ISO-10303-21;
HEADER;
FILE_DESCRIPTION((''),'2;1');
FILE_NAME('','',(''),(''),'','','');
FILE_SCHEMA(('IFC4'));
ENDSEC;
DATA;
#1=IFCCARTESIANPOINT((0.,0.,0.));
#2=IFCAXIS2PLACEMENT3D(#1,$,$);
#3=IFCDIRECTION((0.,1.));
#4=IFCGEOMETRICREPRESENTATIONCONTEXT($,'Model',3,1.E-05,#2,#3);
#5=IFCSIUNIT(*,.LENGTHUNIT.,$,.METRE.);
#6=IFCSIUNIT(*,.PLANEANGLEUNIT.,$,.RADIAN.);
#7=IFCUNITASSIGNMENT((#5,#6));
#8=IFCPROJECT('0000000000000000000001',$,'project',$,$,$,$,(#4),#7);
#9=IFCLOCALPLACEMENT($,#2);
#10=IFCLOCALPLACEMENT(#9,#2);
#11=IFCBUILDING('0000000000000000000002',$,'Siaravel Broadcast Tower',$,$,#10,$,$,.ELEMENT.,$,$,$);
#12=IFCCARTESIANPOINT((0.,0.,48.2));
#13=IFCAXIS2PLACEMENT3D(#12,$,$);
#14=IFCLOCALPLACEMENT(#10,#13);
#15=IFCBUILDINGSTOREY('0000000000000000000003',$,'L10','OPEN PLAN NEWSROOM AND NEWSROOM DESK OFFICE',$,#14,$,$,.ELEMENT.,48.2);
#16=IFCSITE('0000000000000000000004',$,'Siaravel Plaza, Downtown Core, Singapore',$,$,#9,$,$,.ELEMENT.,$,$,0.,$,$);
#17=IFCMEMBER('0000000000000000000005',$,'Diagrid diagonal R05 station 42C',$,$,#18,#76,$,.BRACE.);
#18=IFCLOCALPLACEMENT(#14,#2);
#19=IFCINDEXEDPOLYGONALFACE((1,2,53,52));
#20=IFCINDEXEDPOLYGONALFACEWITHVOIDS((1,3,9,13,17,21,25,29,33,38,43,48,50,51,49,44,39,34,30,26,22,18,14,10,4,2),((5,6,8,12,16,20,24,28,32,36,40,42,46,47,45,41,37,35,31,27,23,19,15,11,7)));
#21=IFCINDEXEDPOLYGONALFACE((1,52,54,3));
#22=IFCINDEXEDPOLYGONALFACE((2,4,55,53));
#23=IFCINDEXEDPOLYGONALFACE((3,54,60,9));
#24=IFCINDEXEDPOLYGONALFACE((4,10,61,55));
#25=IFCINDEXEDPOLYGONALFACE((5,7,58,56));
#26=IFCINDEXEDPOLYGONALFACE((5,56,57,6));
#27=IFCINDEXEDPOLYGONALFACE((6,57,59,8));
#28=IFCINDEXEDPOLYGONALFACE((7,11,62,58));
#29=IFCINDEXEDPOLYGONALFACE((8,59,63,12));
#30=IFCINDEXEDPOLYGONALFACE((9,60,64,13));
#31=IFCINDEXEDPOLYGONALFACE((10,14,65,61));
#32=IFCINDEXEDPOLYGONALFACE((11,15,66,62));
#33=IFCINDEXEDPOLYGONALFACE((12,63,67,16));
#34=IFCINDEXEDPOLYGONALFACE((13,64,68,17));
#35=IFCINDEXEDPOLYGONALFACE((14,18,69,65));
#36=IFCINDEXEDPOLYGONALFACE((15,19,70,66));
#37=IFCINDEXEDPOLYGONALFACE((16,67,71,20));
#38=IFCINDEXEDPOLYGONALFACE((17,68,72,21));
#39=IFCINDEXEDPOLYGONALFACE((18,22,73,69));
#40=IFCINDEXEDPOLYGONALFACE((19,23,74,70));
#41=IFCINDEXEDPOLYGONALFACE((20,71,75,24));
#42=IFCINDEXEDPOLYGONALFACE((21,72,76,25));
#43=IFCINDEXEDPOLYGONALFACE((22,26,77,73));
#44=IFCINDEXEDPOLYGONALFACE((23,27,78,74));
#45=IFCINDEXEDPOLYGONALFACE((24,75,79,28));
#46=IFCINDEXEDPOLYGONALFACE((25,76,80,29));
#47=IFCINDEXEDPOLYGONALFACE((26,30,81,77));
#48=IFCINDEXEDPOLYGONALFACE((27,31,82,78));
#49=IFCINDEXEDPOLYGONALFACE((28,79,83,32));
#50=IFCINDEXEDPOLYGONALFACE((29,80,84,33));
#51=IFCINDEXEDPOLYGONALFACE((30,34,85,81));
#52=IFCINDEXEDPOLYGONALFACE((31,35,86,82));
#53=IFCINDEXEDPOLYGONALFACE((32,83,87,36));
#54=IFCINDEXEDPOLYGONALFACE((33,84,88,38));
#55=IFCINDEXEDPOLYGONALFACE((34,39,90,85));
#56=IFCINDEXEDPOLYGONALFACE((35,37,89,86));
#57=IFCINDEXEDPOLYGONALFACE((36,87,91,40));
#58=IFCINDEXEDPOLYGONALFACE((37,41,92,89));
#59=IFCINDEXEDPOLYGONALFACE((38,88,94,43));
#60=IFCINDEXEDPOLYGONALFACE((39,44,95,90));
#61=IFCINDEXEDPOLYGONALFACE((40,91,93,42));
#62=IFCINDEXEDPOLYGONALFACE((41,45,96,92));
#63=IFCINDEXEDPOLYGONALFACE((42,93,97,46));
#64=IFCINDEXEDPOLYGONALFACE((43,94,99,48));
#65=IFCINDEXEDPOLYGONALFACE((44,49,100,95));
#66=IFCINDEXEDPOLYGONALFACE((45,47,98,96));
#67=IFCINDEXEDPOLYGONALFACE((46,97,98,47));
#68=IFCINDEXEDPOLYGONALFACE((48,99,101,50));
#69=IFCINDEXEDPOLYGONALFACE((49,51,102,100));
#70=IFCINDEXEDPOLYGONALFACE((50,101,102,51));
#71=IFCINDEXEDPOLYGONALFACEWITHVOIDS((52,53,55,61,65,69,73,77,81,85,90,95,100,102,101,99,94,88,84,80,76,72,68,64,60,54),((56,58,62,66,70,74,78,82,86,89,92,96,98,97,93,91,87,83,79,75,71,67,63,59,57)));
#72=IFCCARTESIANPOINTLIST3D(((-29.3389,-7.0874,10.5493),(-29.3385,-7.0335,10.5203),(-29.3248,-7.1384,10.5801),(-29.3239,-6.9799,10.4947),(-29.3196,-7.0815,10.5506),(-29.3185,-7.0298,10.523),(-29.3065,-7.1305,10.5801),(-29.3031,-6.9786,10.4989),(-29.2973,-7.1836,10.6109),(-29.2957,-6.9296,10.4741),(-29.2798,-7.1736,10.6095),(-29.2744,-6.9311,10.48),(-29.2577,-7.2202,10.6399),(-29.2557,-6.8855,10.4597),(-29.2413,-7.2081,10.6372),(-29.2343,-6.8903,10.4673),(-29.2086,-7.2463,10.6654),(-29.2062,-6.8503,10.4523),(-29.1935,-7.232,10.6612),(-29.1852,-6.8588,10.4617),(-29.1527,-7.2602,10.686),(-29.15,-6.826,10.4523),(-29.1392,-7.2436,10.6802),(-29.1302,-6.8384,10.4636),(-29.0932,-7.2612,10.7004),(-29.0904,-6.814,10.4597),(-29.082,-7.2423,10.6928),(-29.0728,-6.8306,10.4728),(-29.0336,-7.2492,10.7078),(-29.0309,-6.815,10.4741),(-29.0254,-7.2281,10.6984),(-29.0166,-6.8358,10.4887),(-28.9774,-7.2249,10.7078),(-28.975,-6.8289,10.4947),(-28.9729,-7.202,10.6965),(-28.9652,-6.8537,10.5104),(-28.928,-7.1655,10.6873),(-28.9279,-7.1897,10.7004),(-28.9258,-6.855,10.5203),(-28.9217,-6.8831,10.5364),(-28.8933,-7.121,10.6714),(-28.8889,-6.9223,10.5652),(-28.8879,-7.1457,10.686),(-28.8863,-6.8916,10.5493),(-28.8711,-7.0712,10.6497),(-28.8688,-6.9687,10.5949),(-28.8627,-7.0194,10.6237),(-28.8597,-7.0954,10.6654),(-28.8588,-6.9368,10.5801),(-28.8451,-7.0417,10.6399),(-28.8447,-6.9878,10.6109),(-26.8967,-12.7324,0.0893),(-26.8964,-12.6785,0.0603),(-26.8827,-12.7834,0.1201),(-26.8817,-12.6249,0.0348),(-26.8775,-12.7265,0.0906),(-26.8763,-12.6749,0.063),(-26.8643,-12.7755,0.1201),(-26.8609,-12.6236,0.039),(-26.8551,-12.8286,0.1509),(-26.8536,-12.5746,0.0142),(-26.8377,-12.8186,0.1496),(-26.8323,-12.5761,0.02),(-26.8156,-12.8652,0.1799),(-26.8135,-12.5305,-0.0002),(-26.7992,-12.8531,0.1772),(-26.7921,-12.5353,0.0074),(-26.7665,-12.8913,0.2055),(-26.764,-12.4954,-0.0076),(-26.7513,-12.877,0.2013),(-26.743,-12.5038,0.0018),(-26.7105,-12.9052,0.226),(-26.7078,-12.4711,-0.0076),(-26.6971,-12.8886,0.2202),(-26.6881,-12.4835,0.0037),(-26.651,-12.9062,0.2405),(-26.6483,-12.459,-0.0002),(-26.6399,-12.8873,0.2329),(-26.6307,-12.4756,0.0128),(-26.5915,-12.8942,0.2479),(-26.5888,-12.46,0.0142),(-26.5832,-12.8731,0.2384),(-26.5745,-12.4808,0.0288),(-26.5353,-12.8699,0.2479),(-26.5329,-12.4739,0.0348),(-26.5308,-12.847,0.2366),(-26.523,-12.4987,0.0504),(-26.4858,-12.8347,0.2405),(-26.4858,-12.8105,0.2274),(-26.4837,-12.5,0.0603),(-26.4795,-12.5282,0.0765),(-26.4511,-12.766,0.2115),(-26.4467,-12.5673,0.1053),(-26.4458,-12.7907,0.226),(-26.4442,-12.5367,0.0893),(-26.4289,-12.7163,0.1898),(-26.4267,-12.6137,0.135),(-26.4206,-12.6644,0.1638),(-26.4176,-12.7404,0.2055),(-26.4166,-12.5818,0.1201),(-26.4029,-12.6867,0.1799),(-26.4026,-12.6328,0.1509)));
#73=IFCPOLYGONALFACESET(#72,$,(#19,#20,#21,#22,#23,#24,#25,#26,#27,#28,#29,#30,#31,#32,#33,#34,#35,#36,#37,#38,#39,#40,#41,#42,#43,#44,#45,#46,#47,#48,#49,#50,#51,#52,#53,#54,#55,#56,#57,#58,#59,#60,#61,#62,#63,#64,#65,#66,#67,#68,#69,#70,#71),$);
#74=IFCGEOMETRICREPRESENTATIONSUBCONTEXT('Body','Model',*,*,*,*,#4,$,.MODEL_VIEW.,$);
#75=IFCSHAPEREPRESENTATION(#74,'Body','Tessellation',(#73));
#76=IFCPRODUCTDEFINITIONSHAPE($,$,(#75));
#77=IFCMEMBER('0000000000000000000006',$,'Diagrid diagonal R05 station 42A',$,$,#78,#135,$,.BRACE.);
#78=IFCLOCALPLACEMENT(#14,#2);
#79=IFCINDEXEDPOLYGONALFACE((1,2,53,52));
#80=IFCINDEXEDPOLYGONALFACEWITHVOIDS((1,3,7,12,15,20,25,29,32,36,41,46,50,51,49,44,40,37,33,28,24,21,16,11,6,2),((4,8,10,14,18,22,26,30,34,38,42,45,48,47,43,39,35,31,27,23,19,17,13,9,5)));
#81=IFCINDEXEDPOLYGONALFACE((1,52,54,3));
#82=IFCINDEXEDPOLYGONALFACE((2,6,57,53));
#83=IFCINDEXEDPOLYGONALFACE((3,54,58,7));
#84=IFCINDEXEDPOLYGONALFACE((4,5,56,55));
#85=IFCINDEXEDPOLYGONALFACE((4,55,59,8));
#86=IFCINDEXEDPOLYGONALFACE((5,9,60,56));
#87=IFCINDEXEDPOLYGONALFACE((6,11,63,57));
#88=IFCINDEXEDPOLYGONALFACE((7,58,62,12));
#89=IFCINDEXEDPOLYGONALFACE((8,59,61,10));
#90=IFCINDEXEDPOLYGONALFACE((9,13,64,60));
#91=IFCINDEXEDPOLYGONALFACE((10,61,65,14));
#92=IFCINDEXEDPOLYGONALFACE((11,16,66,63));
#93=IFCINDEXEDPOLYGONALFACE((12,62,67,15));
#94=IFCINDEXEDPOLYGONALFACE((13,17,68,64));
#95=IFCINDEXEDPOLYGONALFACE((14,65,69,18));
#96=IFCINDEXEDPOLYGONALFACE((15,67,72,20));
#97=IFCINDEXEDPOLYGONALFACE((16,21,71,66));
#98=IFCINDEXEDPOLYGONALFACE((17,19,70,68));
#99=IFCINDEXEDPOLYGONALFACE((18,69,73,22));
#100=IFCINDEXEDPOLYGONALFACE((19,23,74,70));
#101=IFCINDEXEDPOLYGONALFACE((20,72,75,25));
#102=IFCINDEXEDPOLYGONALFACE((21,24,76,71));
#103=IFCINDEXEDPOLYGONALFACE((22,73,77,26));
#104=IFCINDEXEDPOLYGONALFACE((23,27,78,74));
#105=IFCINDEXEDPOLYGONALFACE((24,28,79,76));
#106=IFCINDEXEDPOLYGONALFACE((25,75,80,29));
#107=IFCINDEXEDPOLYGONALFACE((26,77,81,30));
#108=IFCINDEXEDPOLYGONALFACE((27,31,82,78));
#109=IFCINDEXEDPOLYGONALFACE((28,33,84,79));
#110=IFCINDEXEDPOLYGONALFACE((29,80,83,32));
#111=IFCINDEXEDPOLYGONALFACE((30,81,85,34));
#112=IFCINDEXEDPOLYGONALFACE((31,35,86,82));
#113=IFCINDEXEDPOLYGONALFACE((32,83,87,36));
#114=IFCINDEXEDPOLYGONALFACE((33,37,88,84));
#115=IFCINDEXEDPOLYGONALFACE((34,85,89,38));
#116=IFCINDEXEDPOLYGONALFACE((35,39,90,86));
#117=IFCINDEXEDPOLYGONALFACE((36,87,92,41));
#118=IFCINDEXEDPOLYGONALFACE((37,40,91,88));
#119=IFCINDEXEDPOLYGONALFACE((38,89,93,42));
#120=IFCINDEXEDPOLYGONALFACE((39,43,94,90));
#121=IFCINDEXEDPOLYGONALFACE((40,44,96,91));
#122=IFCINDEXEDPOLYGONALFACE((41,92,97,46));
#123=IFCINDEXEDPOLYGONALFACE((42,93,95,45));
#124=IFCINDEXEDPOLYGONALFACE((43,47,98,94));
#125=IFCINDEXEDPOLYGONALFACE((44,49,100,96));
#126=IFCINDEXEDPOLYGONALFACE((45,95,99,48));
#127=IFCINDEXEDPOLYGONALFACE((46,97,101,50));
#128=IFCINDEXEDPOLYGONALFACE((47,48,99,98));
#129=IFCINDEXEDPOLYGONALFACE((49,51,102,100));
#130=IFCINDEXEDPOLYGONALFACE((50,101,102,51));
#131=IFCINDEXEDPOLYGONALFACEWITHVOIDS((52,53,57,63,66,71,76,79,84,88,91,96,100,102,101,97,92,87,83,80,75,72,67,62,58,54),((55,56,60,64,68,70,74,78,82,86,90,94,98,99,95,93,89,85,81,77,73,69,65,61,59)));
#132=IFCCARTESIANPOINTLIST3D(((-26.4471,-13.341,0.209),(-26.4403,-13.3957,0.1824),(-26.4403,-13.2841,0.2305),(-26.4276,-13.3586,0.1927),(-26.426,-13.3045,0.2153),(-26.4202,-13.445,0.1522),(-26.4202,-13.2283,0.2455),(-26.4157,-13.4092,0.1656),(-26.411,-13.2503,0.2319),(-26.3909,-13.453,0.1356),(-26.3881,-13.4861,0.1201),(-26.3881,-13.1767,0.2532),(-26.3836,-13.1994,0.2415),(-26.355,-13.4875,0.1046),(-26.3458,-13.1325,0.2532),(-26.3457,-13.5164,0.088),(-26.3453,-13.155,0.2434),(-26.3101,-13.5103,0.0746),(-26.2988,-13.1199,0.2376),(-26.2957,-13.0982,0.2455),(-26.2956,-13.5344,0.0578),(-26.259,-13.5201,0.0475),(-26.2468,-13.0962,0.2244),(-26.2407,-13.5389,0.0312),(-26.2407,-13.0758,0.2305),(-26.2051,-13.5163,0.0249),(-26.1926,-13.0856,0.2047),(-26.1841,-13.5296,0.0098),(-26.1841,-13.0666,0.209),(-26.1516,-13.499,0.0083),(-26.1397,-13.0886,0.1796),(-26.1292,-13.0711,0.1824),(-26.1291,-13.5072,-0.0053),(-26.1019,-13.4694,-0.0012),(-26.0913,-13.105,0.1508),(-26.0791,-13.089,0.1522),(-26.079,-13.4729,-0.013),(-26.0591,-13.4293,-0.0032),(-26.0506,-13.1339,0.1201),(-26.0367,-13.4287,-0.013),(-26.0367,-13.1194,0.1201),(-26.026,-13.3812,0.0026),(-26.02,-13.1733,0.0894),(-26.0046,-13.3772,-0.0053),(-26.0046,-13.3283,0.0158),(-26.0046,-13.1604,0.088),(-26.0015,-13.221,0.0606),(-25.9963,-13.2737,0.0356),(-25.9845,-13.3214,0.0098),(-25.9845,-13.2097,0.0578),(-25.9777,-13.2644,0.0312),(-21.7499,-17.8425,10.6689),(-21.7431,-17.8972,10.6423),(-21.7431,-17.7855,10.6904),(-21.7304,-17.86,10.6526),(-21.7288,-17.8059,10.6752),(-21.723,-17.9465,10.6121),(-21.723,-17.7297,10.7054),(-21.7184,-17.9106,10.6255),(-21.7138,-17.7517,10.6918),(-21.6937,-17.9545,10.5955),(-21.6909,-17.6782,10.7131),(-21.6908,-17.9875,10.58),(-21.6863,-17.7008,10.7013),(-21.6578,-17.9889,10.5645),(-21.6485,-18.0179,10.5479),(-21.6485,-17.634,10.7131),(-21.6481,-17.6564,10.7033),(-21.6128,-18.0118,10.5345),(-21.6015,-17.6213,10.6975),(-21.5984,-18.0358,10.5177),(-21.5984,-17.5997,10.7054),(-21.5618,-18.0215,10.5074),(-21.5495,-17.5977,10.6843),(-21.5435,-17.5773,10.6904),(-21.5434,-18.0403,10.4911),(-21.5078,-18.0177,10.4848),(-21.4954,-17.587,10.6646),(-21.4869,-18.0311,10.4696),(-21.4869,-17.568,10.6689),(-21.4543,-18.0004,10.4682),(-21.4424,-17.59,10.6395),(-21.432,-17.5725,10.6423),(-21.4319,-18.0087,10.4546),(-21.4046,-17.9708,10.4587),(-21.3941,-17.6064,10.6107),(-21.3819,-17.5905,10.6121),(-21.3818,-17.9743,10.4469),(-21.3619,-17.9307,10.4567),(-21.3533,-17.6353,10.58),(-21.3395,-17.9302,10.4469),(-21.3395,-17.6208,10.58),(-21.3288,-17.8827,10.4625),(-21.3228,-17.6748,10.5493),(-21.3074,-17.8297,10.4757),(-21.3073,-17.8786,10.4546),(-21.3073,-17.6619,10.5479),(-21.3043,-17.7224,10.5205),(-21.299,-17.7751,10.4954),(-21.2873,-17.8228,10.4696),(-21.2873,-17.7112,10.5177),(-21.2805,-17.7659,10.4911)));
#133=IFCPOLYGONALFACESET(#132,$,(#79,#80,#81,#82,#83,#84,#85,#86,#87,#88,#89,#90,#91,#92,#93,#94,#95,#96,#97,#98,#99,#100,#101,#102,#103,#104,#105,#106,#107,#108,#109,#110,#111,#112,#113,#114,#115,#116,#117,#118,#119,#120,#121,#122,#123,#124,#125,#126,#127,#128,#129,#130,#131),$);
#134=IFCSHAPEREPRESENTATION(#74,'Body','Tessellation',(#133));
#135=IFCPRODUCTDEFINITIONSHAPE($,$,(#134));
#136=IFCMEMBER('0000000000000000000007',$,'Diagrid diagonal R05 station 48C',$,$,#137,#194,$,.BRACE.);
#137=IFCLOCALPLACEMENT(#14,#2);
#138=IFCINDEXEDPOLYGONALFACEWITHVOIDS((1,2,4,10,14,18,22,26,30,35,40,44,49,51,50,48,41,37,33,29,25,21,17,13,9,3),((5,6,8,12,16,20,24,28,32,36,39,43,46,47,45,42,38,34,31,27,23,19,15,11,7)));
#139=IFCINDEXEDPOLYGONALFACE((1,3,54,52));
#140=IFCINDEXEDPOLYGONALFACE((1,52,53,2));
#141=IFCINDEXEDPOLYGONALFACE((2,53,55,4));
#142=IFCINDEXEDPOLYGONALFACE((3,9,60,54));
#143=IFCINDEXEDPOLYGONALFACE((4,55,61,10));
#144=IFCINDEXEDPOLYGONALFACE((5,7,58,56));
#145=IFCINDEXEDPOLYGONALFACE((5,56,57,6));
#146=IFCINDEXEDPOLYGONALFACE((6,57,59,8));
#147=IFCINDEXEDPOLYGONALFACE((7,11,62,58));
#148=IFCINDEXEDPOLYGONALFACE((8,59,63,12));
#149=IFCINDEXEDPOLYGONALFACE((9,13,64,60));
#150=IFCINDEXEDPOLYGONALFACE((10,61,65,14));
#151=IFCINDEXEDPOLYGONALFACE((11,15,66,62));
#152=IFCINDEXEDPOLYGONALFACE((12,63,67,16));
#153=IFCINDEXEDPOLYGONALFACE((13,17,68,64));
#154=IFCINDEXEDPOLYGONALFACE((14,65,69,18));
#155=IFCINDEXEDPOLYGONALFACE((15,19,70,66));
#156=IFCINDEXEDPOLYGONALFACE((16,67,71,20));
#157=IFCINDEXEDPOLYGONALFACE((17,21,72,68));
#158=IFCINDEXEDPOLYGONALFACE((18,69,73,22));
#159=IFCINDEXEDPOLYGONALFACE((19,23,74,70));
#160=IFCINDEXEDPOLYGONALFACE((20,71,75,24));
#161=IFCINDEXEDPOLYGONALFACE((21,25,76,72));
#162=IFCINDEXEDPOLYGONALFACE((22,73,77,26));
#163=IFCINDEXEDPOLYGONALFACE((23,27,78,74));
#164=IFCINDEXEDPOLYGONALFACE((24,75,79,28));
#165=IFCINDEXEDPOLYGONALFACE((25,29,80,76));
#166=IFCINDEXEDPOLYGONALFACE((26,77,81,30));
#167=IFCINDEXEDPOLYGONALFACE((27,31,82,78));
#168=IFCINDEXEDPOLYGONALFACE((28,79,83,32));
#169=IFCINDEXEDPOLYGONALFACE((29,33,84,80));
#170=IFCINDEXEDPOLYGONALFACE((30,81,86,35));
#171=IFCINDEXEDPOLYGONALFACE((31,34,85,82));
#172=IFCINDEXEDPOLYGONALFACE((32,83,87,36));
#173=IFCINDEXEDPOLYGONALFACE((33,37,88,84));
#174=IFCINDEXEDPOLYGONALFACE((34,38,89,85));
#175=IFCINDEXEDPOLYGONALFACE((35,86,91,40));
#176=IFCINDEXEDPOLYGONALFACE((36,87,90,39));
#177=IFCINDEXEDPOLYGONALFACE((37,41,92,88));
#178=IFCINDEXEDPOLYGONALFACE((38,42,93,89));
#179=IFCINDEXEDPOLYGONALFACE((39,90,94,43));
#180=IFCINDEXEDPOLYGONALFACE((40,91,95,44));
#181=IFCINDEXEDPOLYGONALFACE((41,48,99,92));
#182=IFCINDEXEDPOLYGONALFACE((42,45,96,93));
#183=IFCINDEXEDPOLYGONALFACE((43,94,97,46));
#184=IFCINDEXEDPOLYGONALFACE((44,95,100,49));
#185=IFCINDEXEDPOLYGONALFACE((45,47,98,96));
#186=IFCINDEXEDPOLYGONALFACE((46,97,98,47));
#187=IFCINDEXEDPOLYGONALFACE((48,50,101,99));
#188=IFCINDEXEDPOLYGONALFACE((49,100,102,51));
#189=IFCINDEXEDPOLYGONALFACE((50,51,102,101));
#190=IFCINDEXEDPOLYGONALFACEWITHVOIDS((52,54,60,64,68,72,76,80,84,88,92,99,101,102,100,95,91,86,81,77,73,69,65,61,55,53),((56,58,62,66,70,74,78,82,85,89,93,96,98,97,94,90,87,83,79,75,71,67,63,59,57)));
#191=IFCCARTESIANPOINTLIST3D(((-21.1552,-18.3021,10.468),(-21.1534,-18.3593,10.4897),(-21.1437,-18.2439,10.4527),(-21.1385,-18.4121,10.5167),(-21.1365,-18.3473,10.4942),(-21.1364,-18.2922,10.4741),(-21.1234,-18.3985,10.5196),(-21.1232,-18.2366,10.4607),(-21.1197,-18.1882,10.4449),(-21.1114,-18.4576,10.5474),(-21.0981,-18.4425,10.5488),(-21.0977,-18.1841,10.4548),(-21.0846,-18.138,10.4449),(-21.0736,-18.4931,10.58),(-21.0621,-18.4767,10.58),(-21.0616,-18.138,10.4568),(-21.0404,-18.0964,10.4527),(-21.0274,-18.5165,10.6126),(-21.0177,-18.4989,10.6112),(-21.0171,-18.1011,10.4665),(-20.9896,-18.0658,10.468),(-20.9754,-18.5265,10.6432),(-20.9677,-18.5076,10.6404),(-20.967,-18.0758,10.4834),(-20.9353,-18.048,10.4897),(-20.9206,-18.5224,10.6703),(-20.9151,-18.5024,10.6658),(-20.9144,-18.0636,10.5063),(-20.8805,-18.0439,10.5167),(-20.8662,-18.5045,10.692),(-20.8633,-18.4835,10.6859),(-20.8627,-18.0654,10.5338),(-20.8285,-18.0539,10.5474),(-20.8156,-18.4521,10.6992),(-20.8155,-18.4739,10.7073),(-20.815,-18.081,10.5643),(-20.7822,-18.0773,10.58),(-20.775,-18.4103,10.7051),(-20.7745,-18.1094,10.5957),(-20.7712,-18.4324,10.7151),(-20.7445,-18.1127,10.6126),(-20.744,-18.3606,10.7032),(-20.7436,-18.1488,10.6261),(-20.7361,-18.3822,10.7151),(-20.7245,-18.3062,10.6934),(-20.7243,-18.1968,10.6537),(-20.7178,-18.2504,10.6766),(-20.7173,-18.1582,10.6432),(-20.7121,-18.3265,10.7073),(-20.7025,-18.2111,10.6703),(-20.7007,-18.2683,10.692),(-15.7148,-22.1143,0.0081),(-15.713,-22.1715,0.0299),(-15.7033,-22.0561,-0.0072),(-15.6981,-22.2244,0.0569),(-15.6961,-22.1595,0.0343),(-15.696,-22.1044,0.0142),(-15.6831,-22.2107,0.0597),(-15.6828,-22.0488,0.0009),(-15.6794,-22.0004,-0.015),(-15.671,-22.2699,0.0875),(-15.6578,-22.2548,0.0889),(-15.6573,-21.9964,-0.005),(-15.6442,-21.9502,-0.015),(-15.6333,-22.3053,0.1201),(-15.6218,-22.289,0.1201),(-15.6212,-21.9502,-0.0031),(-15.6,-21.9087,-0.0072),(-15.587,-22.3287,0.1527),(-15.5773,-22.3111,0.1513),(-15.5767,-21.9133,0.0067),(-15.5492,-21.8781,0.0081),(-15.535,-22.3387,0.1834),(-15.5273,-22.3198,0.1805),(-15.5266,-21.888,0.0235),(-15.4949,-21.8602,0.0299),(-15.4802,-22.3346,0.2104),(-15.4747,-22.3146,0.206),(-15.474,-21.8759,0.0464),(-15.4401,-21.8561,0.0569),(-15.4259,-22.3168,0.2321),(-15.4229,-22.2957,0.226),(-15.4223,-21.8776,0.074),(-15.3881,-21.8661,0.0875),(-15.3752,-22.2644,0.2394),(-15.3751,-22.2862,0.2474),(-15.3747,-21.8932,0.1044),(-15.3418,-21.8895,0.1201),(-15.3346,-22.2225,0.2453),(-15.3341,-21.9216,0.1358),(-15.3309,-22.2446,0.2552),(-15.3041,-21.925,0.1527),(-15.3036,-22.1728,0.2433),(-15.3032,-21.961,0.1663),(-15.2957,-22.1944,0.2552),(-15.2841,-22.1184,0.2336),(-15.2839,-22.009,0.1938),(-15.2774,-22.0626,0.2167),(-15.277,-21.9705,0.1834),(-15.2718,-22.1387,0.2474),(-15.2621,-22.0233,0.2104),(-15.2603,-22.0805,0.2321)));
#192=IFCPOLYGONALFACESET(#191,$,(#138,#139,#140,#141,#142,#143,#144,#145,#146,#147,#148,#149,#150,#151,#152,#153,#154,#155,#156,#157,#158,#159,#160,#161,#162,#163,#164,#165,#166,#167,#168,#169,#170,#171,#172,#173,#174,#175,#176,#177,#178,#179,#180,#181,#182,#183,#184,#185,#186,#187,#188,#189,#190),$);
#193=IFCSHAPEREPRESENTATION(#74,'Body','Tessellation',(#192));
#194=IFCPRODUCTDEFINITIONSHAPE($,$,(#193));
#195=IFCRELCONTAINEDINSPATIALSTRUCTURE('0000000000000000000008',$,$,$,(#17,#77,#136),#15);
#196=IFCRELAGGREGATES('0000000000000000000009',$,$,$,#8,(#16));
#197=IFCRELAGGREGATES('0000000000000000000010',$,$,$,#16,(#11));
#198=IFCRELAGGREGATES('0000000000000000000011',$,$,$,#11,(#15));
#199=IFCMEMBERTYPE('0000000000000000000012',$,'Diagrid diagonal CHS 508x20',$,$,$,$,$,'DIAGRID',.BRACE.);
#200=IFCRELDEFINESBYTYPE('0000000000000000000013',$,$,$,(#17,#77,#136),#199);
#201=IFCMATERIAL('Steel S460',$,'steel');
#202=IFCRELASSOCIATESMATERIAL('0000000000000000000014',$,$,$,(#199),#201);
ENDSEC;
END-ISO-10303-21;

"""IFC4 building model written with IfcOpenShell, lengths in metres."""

from ifc_helpers import new_model, si_unit, direction, frame, origin, origin_2d, place, context, subcontext, project, spatial, hollow_circle, extrude, material, material_profile, profile_set, type_object, element, save


model = new_model("IFC4")

# Units and contexts
model_context = context("Model", 3, precision=1e-05, world=origin(), true_north=direction((0.0, 1.0)))
body_context = subcontext(model_context, "Body", "Model", "MODEL_VIEW")
ifc_project = project(units=[si_unit("LENGTHUNIT", "METRE"), si_unit("PLANEANGLEUNIT", "RADIAN")], contexts=[model_context])

# Site, building, storey
site_placement = place(None, origin())
site = spatial("IfcSite", under=ifc_project, at=site_placement, Name="Siaravel Plaza, Downtown Core, Singapore", CompositionType="ELEMENT", RefElevation=0.0)
building_placement = place(site_placement, origin())
building = spatial("IfcBuilding", under=site, at=building_placement, Name="Siaravel Broadcast Tower", CompositionType="ELEMENT")
storey_placement = place(building_placement, frame((0.0, 0.0, 48.2)))
storey = spatial("IfcBuildingStorey", under=building, at=storey_placement, Name="L10", Description="OPEN PLAN NEWSROOM AND NEWSROOM DESK OFFICE", CompositionType="ELEMENT", Elevation=48.2)

# Members
ifc_material_1 = material(Name="Steel S460", Category="steel")
ifc_material_profile_1 = material_profile(ifc_material_1, hollow_circle(Radius=0.2539, WallThickness=0.02, at=origin_2d()))
ifc_profile_set_1 = profile_set([ifc_material_profile_1], Name="Steel S460")
member_type_1 = type_object("IfcMemberType", Name="Diagrid diagonal CHS 508x20", ElementType="DIAGRID", PredefinedType="BRACE", material=ifc_profile_set_1)
member_1_placement = place(storey_placement, frame((-26.6497, -12.6826, 0.1201), z_axis=(-0.201259, 0.465212, 0.862017), x_axis=(-0.917795, -0.397055, 0.0)))
element("IfcMember", 1, at=member_1_placement, inside=storey, type_object=member_type_1, Name="Diagrid diagonal R05 station 42C", PredefinedType="BRACE", context=body_context, shape_type="SweptSolid", body=[
    extrude(hollow_circle(Radius=0.2539, WallThickness=0.02, at=origin_2d()), origin(), (0.0, 0.0, 1.0), 12.1343),
])
member_2_placement = place(storey_placement, frame((-26.2124, -13.3027, 0.1201), z_axis=(0.381327, -0.365432, 0.849146), x_axis=(0.691899, 0.721994, 0.0)))
element("IfcMember", 2, at=member_2_placement, inside=storey, type_object=member_type_1, Name="Diagrid diagonal R05 station 42A", PredefinedType="BRACE", context=body_context, shape_type="SweptSolid", body=[
    extrude(hollow_circle(Radius=0.2539, WallThickness=0.02, at=origin_2d()), origin(), (0.0, 0.0, 1.0), 12.3181),
])
member_3_placement = place(storey_placement, frame((-15.4875, -22.0974, 0.1201), z_axis=(-0.439055, 0.307658, 0.844143), x_axis=(-0.573862, -0.818952, 0.0)))
element("IfcMember", 3, at=member_3_placement, inside=storey, type_object=member_type_1, Name="Diagrid diagonal R05 station 48C", PredefinedType="BRACE", context=body_context, shape_type="SweptSolid", body=[
    extrude(hollow_circle(Radius=0.2539, WallThickness=0.02, at=origin_2d()), origin(), (0.0, 0.0, 1.0), 12.3911),
])

save(model, "model.ifc")
